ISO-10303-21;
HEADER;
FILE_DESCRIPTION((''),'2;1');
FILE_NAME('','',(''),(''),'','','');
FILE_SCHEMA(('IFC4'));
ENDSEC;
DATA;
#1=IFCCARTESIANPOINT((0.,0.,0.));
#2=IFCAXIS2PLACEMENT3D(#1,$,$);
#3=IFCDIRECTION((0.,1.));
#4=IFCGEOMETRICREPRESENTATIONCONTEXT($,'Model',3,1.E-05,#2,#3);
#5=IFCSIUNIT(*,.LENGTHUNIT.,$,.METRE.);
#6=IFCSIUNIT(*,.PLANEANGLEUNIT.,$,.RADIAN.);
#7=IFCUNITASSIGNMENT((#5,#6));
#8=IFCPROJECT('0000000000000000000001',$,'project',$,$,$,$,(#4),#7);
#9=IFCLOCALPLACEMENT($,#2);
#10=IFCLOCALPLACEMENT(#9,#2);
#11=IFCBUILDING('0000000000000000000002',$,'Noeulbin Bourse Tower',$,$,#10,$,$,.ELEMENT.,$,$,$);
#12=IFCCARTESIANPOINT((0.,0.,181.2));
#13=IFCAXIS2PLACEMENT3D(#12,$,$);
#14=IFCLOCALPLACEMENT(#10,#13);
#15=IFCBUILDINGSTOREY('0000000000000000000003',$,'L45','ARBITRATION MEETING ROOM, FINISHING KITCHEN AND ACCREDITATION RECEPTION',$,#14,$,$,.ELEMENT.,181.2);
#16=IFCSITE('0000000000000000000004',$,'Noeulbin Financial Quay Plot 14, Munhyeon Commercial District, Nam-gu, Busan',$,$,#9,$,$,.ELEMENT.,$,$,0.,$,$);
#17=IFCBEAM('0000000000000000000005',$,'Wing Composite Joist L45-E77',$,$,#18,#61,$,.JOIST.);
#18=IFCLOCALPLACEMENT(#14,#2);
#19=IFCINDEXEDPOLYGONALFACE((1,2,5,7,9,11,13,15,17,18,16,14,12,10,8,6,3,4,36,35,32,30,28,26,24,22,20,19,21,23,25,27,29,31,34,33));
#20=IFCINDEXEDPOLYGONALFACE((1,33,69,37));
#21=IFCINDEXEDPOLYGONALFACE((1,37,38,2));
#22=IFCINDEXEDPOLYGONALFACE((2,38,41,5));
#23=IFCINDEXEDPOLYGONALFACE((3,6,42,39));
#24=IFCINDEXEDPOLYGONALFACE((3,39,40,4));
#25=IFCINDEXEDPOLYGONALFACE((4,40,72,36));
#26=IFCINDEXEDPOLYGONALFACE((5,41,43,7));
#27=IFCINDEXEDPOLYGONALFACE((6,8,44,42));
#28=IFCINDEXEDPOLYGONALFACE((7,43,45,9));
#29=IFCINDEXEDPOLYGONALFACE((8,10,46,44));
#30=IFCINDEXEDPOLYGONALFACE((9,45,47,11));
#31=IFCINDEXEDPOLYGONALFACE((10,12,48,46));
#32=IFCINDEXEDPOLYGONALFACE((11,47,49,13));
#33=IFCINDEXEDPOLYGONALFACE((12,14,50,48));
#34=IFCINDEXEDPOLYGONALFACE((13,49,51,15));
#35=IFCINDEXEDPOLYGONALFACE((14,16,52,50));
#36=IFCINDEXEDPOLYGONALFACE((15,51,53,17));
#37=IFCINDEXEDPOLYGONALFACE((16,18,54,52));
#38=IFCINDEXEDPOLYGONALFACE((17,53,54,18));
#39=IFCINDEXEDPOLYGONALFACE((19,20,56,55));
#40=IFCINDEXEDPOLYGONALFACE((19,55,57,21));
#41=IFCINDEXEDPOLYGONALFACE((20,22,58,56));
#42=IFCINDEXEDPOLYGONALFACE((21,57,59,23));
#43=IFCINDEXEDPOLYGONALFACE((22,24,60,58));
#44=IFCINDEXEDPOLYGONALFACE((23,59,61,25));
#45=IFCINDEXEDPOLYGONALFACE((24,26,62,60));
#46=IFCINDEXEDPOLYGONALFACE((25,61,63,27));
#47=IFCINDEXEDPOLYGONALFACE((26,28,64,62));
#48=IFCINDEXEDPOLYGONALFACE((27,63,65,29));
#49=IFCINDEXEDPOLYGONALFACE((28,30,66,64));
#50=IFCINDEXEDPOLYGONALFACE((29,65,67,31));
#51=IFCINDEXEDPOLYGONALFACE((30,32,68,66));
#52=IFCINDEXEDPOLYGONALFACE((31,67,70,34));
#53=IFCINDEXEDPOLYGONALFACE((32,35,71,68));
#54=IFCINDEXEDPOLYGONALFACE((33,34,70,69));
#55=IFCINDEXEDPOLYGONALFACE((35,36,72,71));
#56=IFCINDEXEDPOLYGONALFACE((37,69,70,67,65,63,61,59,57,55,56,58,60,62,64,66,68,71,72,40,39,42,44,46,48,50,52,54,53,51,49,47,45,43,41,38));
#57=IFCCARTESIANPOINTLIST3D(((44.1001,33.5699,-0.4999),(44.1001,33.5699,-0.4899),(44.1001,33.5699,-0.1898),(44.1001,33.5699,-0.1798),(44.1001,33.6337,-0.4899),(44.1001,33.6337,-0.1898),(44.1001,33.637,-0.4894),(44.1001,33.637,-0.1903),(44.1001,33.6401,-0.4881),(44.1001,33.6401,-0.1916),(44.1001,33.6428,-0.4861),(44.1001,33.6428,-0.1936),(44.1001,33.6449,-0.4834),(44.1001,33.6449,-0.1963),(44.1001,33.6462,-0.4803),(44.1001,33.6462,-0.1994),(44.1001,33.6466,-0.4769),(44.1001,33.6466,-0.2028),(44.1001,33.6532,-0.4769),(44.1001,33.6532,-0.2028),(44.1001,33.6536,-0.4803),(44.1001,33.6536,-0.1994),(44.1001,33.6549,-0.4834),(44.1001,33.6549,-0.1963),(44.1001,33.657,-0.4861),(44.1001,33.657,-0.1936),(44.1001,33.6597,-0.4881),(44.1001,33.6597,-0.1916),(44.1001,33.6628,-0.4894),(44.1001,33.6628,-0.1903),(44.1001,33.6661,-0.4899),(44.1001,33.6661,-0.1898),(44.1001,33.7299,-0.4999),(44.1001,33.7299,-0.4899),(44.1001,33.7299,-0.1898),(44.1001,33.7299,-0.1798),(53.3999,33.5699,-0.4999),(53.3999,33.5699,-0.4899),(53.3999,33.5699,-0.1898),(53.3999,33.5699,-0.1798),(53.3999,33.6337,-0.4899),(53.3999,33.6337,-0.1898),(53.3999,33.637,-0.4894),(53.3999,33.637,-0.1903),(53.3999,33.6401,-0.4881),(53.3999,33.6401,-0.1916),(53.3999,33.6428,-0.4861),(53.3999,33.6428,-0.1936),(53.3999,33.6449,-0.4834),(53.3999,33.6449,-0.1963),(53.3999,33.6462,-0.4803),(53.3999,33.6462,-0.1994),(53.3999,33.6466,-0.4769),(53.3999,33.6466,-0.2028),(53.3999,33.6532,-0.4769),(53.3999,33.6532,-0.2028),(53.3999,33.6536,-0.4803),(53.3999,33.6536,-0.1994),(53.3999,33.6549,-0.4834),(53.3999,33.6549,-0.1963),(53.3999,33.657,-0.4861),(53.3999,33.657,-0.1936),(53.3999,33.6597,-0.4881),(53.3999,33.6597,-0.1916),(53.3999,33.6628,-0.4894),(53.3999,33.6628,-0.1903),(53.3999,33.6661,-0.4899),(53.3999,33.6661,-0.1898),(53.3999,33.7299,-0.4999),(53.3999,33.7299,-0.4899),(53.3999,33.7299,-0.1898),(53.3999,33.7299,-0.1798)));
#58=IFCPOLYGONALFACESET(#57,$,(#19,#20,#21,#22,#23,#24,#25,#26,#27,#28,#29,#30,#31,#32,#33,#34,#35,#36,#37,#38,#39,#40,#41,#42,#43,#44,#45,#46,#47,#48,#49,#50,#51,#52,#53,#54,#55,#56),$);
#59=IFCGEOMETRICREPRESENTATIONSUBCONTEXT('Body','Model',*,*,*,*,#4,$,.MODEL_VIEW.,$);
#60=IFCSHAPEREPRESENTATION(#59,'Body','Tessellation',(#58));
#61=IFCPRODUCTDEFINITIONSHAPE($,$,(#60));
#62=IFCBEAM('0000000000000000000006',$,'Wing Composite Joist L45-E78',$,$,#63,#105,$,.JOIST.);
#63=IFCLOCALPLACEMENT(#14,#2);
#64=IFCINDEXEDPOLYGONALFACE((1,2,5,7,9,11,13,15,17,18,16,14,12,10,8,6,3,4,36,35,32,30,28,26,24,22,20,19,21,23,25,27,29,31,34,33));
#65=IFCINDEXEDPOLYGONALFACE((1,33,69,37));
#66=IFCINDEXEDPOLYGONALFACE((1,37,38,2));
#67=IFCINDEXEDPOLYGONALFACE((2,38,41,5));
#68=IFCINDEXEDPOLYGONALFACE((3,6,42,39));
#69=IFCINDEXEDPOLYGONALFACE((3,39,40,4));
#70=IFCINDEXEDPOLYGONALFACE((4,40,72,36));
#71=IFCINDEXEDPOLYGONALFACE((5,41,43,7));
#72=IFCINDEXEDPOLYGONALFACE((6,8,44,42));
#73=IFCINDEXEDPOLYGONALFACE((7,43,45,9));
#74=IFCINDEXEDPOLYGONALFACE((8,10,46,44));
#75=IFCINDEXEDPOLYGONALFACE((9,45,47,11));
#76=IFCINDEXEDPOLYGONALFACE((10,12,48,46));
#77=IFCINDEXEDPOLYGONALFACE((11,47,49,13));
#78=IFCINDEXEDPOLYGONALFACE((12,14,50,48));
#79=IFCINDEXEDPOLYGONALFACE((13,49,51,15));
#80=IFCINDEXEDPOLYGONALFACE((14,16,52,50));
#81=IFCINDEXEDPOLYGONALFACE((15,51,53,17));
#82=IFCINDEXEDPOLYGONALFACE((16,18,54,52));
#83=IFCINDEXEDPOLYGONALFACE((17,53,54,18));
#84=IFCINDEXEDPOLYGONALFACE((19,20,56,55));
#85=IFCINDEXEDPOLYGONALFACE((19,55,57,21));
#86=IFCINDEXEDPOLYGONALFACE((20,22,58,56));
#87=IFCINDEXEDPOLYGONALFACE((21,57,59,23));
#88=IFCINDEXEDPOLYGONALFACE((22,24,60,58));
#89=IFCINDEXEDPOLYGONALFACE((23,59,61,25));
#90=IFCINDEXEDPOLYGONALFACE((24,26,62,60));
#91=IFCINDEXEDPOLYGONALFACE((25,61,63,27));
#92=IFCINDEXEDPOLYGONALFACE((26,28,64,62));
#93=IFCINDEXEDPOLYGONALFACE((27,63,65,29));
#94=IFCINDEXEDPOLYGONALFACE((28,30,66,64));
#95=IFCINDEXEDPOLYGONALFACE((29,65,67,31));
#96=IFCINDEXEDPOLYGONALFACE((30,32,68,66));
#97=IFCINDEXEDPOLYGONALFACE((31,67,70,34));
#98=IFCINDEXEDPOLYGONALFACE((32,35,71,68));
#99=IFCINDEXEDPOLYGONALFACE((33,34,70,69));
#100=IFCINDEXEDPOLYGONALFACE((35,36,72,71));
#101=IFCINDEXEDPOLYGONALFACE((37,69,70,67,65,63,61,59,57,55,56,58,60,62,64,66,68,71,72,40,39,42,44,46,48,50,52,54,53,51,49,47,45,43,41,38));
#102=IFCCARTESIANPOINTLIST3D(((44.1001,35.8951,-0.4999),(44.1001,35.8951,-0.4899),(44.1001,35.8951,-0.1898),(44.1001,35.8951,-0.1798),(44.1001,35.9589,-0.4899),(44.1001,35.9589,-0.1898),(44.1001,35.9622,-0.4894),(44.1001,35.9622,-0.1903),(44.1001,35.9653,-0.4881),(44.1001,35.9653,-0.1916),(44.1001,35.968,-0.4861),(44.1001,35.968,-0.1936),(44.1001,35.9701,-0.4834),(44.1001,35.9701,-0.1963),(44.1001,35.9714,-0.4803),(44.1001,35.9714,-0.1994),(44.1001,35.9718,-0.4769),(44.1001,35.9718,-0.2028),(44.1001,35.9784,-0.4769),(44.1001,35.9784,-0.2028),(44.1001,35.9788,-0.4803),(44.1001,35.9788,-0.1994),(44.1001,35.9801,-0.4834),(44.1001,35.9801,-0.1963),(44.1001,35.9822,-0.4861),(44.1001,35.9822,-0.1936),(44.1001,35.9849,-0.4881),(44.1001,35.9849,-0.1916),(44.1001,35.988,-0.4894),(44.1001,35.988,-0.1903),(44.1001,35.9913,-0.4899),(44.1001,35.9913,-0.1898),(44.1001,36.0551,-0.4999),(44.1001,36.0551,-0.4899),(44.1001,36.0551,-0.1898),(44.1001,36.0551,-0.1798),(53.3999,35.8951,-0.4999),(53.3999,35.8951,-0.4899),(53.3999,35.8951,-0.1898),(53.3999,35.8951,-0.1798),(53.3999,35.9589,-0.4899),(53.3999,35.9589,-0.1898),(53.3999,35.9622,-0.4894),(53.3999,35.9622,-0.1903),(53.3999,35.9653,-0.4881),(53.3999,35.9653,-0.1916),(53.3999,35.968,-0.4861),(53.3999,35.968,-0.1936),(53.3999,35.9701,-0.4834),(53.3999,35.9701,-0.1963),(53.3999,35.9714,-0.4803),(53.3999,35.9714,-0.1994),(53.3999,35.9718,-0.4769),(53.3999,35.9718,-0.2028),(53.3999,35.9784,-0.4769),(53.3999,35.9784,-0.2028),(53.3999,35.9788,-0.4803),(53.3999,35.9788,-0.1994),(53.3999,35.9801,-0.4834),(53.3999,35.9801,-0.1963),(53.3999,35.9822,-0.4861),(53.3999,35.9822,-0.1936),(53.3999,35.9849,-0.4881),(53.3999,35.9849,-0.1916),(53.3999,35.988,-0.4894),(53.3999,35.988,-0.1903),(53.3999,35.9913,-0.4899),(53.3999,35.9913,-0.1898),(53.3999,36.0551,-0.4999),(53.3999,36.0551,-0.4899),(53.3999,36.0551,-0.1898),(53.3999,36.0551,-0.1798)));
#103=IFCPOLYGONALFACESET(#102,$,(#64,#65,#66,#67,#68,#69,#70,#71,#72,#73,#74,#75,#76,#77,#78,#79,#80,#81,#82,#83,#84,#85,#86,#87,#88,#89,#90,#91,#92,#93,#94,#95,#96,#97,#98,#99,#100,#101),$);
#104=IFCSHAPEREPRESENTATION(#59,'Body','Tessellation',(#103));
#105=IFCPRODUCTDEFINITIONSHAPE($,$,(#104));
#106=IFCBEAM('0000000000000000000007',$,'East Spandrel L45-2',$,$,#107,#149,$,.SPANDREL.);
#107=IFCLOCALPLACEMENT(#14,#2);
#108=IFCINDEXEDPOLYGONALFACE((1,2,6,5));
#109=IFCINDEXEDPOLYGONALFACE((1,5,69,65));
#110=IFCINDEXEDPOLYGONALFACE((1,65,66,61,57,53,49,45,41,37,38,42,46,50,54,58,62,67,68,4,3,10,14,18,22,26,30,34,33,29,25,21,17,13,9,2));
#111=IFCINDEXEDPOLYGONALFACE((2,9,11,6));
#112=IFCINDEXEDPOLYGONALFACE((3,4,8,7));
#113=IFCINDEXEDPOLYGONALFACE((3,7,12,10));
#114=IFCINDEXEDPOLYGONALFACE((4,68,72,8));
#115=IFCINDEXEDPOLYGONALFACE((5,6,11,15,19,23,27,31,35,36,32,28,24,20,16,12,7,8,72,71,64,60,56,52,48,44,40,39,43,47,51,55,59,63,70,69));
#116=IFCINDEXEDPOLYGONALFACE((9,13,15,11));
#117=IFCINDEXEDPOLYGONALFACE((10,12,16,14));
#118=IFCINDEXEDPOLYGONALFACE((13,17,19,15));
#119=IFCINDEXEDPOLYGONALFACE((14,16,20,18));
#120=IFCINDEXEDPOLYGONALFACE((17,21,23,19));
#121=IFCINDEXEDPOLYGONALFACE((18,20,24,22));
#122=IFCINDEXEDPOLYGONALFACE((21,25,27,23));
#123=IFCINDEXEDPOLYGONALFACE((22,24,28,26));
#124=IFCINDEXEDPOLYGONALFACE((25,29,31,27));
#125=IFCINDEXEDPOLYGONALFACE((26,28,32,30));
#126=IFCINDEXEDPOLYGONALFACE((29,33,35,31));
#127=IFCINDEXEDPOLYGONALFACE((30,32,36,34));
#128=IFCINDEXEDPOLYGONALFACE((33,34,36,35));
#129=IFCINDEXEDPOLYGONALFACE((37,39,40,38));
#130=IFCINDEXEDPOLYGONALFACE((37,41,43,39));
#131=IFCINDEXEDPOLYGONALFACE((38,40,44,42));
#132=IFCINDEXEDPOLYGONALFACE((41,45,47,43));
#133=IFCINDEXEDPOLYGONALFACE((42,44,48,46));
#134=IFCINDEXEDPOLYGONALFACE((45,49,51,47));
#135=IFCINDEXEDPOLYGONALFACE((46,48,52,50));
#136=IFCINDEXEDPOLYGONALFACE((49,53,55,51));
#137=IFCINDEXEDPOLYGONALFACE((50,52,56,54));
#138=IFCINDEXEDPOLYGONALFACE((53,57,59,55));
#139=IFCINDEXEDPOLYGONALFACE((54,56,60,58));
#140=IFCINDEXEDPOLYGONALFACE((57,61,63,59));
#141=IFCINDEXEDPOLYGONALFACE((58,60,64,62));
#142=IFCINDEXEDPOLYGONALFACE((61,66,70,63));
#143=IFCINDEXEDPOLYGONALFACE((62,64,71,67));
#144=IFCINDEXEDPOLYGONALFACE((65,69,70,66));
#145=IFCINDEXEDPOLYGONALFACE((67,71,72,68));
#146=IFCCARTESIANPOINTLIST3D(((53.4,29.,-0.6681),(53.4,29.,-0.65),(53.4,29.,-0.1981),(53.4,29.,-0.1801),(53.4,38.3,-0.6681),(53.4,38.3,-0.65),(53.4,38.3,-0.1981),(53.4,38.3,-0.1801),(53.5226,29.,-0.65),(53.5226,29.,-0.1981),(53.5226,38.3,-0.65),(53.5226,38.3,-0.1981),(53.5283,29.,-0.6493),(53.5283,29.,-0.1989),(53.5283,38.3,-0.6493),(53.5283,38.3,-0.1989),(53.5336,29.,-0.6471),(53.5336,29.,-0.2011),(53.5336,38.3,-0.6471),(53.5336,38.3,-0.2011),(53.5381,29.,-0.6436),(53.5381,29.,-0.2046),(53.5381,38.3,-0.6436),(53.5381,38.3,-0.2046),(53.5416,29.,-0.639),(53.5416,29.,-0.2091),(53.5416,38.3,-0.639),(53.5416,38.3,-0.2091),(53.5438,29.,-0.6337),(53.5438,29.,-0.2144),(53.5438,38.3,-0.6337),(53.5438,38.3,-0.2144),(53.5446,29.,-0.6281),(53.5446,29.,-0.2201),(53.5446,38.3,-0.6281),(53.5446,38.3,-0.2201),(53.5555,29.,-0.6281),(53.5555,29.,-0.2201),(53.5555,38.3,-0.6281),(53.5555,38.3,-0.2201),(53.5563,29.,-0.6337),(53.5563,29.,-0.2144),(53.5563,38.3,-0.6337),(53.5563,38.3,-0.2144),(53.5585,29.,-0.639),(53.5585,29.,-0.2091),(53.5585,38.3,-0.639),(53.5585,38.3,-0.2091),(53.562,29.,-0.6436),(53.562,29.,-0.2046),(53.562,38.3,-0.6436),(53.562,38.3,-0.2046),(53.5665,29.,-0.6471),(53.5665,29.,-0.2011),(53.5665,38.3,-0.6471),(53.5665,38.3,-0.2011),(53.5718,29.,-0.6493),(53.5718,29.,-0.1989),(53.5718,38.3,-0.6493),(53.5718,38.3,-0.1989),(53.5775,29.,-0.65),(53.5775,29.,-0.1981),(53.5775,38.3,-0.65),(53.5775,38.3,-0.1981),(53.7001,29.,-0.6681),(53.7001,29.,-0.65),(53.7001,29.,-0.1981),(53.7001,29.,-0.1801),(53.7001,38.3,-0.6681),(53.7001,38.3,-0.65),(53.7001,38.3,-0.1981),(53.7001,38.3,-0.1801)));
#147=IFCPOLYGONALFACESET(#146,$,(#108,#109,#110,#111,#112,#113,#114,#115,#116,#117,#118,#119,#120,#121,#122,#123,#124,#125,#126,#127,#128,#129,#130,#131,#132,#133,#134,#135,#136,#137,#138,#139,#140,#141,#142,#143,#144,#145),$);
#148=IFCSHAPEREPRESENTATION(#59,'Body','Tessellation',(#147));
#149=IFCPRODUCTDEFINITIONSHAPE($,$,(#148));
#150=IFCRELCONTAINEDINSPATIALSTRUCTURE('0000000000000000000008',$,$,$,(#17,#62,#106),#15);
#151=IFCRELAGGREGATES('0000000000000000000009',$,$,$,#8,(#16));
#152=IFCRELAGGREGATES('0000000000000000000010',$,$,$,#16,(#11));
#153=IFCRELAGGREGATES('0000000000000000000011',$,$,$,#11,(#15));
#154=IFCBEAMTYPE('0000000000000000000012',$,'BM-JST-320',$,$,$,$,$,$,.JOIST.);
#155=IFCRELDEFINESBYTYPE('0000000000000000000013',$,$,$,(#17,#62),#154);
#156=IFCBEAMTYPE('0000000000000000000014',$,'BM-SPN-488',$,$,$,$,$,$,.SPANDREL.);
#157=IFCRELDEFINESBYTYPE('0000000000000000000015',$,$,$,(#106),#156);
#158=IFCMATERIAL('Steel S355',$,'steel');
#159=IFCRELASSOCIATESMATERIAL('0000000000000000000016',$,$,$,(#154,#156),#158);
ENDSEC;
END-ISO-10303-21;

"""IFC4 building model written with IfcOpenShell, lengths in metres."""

from ifc_helpers import new_model, si_unit, direction, frame, origin, origin_2d, place, context, subcontext, project, spatial, i_section, extrude, material, material_profile, profile_set, type_object, element, save


model = new_model("IFC4")

# Units and contexts
model_context = context("Model", 3, precision=1e-05, world=origin(), true_north=direction((0.0, 1.0)))
body_context = subcontext(model_context, "Body", "Model", "MODEL_VIEW")
ifc_project = project(units=[si_unit("LENGTHUNIT", "METRE"), si_unit("PLANEANGLEUNIT", "RADIAN")], contexts=[model_context])

# Site, building, storey
site_placement = place(None, origin())
site = spatial("IfcSite", under=ifc_project, at=site_placement, Name="Noeulbin Financial Quay Plot 14, Munhyeon Commercial District, Nam-gu, Busan", CompositionType="ELEMENT", RefElevation=0.0)
building_placement = place(site_placement, origin())
building = spatial("IfcBuilding", under=site, at=building_placement, Name="Noeulbin Bourse Tower", CompositionType="ELEMENT")
storey_placement = place(building_placement, frame((0.0, 0.0, 181.2)))
storey = spatial("IfcBuildingStorey", under=building, at=storey_placement, Name="L45", Description="ARBITRATION MEETING ROOM, FINISHING KITCHEN AND ACCREDITATION RECEPTION", CompositionType="ELEMENT", Elevation=181.2)

# Beams
ifc_material_1 = material(Name="Steel S355", Category="steel")
ifc_material_profile_1 = material_profile(ifc_material_1, i_section(OverallWidth=0.1599, OverallDepth=0.3201, WebThickness=0.0066, FlangeThickness=0.01, FilletRadius=0.0129, at=origin_2d()), Name="H-320x160x6.5x10", Category="LoadBearing")
ifc_profile_set_1 = profile_set([ifc_material_profile_1], Name="Steel S355")
beam_type_1 = type_object("IfcBeamType", Name="BM-JST-320", PredefinedType="JOIST", material=ifc_profile_set_1)
for number, where, z_axis, x_axis, name in (
    (1, (44.1001, 33.6499, -0.3398), (1.0, 0.0, 0.0), (0.0, 1.0, 0.0), "Wing Composite Joist L45-E77"),
    (2, (44.1001, 35.9751, -0.3398), (1.0, 0.0, 0.0), (0.0, 1.0, 0.0), "Wing Composite Joist L45-E78"),
):
    element("IfcBeam", number, at=place(storey_placement, frame(where, z_axis=z_axis, x_axis=x_axis)), inside=storey, type_object=beam_type_1, Name=name, PredefinedType="JOIST", context=body_context, shape_type="SweptSolid", body=[
        extrude(i_section(OverallWidth=0.1599, OverallDepth=0.3201, WebThickness=0.0066, FlangeThickness=0.01, FilletRadius=0.0129, at=origin_2d()), origin(), (0.0, 0.0, 1.0), 9.2998),
    ])
ifc_material_profile_2 = material_profile(ifc_material_1, i_section(OverallWidth=0.3, OverallDepth=0.488, WebThickness=0.011, FlangeThickness=0.0181, FilletRadius=0.022, at=origin_2d()), Name="H-488x300x11x18", Category="LoadBearing")
ifc_profile_set_2 = profile_set([ifc_material_profile_2], Name="Steel S355")
beam_type_2 = type_object("IfcBeamType", Name="BM-SPN-488", PredefinedType="SPANDREL", material=ifc_profile_set_2)
beam_1_placement = place(storey_placement, frame((53.55, 29.0, -0.4241), z_axis=(0.0, 1.0, 0.0), x_axis=(-1.0, 0.0, 0.0)))
element("IfcBeam", 3, at=beam_1_placement, inside=storey, type_object=beam_type_2, Name="East Spandrel L45-2", PredefinedType="SPANDREL", context=body_context, shape_type="SweptSolid", body=[
    extrude(i_section(OverallWidth=0.3, OverallDepth=0.488, WebThickness=0.011, FlangeThickness=0.0181, FilletRadius=0.022, at=origin_2d()), origin(), (0.0, 0.0, 1.0), 9.3),
])

save(model, "model.ifc")
